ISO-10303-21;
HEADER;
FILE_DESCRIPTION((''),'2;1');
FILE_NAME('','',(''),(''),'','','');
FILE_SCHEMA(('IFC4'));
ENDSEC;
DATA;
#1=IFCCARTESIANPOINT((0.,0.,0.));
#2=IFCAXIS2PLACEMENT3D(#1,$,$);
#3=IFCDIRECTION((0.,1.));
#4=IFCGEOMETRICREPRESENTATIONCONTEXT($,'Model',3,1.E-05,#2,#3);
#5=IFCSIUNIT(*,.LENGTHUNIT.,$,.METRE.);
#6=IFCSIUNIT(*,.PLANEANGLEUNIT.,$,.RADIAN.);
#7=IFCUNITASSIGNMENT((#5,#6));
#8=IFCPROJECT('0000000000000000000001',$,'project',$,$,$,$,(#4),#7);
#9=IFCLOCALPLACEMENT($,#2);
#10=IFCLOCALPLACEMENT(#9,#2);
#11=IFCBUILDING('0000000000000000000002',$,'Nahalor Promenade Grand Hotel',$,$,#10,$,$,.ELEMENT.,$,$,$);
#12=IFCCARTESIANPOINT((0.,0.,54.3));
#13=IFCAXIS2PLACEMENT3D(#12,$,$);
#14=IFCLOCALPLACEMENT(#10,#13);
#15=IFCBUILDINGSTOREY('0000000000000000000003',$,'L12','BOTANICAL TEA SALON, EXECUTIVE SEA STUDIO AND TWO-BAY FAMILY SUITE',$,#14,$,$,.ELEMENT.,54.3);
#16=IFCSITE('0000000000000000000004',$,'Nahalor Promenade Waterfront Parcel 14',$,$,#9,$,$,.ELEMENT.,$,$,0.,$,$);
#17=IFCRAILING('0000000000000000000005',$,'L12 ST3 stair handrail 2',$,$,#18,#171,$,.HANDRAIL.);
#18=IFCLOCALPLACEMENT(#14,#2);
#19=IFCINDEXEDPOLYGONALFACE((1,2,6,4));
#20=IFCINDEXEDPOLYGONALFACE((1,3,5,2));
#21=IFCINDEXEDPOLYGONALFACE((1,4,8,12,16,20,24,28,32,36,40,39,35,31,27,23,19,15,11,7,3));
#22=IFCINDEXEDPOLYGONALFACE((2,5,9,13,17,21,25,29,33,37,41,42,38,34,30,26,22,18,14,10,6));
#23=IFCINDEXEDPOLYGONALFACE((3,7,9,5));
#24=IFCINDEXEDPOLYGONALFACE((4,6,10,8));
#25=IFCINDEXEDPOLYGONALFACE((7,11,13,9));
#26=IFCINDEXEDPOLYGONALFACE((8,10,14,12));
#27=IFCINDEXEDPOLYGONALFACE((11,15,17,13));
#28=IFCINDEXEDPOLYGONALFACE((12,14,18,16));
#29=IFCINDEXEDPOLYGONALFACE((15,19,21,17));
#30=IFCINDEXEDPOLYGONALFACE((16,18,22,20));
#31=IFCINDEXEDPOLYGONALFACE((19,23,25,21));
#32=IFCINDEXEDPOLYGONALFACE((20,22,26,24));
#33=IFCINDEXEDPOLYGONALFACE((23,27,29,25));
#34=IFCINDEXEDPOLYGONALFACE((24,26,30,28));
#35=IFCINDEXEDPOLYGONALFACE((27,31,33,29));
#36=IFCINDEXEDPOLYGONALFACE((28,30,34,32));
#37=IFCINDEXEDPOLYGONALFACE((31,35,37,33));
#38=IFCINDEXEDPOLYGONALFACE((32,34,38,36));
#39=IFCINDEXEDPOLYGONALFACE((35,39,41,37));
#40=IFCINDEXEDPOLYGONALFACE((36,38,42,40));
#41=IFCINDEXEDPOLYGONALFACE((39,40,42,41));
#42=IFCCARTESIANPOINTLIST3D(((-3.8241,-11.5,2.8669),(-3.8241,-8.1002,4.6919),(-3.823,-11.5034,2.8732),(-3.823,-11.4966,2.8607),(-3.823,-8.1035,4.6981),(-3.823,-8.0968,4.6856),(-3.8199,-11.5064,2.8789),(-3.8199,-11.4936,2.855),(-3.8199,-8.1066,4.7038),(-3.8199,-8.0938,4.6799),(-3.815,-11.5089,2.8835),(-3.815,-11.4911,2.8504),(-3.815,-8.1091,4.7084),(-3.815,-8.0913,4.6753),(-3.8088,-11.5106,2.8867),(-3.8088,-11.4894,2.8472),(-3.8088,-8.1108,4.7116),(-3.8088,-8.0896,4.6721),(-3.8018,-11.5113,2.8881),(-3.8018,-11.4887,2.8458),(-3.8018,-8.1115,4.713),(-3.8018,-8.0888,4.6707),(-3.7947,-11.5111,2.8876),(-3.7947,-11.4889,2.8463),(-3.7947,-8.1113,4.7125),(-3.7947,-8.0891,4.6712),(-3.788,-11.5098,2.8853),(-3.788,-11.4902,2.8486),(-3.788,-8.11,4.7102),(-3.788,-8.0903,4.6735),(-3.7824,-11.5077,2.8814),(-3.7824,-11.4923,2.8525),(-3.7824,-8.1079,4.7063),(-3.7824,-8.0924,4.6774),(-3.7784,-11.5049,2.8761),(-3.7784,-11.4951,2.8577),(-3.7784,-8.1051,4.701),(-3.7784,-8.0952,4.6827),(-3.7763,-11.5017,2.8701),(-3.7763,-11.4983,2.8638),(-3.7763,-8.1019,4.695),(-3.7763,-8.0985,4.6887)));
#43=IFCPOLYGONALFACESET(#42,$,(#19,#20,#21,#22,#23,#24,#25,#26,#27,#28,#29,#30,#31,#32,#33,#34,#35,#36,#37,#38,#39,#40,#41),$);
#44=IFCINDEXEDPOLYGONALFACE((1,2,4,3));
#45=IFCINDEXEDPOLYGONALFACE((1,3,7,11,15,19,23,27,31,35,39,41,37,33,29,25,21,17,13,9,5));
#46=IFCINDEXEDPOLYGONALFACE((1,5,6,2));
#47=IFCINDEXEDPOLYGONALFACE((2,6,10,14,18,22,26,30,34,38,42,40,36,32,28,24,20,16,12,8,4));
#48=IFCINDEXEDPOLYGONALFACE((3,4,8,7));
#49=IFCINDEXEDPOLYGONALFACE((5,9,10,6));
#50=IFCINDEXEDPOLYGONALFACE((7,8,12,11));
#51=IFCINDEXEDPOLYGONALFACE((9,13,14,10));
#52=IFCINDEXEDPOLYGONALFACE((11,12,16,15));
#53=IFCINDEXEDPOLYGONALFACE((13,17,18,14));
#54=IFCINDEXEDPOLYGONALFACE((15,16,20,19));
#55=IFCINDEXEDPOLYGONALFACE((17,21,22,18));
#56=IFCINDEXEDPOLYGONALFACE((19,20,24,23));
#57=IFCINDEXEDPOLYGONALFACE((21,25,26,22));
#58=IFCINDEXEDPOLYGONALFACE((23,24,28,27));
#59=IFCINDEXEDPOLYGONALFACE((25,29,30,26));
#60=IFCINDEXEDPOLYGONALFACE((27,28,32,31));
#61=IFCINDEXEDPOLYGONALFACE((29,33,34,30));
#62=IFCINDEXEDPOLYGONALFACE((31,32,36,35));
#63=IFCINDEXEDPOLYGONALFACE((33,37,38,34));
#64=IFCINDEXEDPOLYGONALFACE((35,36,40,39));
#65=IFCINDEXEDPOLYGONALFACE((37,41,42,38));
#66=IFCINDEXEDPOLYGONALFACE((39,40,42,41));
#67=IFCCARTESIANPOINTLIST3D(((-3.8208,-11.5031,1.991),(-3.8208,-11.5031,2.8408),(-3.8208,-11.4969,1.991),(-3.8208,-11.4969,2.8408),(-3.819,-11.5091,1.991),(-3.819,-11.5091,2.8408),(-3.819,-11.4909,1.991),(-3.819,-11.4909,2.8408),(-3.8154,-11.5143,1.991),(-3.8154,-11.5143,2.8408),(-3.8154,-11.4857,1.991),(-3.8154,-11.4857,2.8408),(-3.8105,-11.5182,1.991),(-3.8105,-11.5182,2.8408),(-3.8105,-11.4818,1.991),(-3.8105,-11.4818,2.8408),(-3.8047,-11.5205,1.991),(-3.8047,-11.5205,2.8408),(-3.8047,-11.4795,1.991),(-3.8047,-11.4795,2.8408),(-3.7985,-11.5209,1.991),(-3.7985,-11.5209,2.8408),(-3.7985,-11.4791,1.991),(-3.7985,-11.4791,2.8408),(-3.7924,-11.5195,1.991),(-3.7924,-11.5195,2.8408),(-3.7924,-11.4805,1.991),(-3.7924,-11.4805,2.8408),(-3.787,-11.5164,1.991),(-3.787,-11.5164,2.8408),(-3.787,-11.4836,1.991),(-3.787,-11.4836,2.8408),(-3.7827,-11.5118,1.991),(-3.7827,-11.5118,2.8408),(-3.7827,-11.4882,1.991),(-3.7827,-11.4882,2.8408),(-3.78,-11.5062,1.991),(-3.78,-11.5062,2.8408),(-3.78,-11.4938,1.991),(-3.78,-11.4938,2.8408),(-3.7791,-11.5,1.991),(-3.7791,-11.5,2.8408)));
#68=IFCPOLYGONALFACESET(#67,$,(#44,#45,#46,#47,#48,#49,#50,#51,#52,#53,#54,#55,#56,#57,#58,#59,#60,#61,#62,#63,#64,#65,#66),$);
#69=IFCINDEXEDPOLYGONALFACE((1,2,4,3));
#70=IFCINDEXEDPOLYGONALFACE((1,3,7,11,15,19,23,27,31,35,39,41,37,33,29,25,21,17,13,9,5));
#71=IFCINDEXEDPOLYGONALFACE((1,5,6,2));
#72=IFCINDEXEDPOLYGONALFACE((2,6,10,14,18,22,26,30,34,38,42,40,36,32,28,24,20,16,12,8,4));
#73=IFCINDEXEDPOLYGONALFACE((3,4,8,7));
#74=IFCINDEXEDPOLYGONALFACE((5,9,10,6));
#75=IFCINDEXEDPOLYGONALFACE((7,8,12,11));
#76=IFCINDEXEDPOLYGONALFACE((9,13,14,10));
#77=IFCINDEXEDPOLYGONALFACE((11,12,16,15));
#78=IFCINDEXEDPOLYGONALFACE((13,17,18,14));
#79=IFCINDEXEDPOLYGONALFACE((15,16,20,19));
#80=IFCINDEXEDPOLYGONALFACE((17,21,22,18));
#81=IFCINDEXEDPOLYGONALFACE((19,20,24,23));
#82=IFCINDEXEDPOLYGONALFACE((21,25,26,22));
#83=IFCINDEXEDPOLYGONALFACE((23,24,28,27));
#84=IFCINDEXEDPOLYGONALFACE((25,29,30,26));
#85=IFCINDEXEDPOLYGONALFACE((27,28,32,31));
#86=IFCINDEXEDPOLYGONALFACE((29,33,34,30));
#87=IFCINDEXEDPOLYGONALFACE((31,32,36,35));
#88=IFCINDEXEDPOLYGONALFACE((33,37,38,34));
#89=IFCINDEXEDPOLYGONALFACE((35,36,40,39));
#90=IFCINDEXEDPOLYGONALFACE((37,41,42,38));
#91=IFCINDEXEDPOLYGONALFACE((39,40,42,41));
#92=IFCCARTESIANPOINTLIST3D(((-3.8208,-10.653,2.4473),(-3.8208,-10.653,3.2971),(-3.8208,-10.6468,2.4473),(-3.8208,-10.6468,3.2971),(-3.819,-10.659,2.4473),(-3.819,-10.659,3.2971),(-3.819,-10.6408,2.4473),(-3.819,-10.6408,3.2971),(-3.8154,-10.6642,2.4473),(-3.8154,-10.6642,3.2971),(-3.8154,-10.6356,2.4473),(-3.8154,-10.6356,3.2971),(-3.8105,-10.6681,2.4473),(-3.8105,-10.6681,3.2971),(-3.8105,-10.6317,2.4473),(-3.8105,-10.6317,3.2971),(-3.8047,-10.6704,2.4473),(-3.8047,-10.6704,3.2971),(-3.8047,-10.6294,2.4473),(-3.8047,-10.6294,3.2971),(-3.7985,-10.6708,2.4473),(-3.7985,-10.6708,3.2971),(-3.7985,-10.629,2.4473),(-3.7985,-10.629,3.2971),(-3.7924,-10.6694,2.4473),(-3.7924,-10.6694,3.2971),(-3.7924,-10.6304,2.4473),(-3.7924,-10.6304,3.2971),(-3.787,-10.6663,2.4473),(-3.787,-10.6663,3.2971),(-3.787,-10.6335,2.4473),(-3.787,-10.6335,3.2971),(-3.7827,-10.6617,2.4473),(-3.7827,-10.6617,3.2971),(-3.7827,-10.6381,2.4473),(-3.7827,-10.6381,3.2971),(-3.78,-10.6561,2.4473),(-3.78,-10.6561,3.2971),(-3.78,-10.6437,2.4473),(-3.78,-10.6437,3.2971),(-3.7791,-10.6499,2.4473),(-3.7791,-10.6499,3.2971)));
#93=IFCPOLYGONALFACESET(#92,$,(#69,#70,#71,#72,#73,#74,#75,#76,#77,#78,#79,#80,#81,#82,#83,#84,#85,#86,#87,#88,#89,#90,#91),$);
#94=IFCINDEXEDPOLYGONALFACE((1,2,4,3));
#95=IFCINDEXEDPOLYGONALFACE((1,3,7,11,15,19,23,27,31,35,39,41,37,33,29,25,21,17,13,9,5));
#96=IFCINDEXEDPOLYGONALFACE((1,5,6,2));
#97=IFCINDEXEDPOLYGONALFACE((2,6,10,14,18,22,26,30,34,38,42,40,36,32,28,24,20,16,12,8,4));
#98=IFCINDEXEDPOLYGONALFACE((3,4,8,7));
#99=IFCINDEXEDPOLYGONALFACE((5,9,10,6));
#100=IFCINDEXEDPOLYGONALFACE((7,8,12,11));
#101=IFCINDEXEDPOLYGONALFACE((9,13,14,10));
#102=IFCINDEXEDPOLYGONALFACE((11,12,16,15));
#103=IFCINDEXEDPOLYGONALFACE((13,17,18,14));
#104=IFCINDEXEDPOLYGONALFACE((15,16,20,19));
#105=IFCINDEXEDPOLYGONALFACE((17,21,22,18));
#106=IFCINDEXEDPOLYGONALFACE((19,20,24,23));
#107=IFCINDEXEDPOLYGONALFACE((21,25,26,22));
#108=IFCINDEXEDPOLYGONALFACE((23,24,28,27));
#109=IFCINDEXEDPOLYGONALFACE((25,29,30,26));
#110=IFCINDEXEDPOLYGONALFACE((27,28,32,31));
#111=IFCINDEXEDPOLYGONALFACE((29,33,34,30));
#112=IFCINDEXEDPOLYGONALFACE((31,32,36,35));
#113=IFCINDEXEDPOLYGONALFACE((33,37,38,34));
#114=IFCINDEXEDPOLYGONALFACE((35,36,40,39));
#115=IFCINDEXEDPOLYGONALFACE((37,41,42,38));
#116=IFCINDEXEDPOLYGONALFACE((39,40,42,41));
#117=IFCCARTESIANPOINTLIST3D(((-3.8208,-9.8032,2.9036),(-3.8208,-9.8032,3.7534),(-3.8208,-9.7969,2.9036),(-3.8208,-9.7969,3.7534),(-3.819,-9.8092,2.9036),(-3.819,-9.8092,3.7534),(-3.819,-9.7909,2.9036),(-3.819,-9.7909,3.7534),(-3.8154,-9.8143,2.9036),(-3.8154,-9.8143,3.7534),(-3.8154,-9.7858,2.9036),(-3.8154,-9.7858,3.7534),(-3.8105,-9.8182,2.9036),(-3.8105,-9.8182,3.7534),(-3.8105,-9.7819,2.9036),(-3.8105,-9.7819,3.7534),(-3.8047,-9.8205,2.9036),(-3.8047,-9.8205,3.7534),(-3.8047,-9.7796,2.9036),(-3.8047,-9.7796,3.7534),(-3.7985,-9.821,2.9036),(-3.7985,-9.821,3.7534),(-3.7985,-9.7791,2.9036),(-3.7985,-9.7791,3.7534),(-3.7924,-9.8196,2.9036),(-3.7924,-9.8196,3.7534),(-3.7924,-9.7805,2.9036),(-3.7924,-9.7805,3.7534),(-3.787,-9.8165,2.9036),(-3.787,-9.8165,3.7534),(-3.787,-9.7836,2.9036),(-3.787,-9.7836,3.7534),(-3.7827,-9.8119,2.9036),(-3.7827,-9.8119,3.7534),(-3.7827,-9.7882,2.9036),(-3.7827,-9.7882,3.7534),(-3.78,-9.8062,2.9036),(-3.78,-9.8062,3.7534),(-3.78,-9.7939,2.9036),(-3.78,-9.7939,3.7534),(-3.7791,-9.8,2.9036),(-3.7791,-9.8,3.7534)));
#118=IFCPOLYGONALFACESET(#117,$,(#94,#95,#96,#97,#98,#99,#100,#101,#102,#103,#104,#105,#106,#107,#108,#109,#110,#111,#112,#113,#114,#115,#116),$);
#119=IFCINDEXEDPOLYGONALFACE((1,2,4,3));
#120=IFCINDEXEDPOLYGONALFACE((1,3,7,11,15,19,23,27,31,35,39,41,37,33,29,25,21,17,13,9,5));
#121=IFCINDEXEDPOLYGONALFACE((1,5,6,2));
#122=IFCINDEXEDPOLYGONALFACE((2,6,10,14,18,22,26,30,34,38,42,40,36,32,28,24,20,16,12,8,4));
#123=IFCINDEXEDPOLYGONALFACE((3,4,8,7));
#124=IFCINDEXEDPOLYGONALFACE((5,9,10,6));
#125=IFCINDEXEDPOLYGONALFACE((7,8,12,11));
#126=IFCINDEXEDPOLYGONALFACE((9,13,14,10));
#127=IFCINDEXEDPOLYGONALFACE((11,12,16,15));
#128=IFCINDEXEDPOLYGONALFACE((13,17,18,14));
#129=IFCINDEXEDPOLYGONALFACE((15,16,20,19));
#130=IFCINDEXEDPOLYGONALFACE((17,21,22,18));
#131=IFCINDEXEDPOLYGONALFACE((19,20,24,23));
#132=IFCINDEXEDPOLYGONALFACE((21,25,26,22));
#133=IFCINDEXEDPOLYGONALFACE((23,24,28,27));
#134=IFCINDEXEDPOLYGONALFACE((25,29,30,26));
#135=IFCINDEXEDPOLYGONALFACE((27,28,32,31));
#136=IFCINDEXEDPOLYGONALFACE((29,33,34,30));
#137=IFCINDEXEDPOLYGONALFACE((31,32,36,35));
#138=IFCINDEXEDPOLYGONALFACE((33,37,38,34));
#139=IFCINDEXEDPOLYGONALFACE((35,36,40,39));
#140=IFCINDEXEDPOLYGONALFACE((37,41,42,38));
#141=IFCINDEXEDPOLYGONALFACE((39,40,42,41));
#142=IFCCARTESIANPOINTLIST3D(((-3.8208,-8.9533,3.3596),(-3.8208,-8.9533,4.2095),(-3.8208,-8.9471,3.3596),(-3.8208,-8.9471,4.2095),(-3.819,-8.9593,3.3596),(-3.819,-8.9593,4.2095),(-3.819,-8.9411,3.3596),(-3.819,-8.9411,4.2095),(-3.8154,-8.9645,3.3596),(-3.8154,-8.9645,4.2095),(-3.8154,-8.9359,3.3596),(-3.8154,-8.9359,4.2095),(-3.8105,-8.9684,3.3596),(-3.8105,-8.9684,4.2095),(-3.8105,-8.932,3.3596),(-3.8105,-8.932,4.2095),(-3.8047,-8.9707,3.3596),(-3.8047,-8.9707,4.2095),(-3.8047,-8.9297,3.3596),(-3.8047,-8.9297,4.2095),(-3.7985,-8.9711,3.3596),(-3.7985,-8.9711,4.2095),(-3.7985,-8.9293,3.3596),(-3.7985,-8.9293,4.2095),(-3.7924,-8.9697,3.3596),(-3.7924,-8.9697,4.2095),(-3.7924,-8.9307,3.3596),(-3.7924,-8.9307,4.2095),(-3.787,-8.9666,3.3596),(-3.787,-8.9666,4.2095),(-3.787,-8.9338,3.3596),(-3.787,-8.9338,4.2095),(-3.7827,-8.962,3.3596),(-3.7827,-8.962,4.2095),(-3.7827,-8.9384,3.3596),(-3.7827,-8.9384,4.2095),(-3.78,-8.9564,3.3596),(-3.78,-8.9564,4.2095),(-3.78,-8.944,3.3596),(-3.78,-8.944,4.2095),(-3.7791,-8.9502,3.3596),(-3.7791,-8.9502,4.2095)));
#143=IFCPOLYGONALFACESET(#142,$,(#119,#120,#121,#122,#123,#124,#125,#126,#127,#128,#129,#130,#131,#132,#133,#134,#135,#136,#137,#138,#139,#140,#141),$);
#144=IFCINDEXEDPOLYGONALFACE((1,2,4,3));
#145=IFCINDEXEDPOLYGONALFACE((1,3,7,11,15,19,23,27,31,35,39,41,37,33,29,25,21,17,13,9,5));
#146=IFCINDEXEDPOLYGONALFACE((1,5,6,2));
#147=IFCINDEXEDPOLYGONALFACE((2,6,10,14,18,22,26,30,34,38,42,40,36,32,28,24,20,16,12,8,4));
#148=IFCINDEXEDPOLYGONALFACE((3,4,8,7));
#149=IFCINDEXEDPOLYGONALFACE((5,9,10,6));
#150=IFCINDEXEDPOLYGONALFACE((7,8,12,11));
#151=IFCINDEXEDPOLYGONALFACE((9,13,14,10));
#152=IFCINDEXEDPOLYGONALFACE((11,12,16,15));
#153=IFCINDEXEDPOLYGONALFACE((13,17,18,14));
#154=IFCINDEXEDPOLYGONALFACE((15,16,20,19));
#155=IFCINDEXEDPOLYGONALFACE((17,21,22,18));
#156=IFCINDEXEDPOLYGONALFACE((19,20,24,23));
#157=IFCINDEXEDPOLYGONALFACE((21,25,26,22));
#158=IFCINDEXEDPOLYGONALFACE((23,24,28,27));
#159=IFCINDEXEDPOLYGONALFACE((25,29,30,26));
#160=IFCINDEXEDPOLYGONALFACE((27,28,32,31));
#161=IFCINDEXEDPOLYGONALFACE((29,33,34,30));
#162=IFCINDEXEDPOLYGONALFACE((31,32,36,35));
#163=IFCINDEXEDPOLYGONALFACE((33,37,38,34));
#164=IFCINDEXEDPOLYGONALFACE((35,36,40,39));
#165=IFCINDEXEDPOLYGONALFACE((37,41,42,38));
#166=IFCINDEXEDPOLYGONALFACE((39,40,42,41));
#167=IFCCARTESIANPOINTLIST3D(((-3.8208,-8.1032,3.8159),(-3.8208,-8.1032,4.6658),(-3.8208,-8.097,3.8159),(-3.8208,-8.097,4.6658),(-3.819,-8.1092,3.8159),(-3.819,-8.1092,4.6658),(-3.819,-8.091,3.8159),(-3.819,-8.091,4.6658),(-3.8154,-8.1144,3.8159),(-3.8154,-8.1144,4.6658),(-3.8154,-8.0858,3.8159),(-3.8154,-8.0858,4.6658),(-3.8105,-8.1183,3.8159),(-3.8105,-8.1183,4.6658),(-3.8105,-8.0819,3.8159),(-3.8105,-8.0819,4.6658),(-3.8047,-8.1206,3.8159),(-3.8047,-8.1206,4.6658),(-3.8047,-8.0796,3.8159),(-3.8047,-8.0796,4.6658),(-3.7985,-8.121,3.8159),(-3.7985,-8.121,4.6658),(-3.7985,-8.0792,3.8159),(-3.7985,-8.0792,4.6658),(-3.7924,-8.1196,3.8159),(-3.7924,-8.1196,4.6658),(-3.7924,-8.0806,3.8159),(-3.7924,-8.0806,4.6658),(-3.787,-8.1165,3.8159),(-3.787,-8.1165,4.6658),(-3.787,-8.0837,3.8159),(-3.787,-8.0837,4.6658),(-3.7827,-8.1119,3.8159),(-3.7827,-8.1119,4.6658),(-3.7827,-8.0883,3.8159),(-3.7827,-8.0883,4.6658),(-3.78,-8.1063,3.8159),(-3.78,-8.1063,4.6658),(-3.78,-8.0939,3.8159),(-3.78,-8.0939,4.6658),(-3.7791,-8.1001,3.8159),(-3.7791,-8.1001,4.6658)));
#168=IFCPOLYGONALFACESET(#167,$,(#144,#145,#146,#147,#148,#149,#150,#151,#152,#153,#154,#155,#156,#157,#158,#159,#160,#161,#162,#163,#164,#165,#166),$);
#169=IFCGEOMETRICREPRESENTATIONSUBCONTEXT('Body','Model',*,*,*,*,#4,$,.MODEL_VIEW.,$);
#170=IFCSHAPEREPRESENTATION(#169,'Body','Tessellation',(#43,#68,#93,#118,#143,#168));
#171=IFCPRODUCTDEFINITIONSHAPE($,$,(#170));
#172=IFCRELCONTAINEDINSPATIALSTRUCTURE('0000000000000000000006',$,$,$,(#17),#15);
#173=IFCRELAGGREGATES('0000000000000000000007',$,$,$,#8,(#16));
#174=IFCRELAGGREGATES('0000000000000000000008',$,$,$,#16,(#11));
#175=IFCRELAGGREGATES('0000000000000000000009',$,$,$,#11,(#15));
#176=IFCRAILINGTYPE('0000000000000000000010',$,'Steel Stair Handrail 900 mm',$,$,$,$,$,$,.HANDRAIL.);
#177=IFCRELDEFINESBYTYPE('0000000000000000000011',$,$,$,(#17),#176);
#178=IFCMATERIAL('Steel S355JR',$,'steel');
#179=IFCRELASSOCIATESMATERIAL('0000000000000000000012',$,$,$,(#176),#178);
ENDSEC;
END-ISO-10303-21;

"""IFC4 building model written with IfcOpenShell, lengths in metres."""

from ifc_helpers import new_model, si_unit, direction, frame, origin, origin_2d, place, context, subcontext, project, spatial, circle, extrude, material, type_object, element, save


model = new_model("IFC4")

# Units and contexts
model_context = context("Model", 3, precision=1e-05, world=origin(), true_north=direction((0.0, 1.0)))
body_context = subcontext(model_context, "Body", "Model", "MODEL_VIEW")
ifc_project = project(units=[si_unit("LENGTHUNIT", "METRE"), si_unit("PLANEANGLEUNIT", "RADIAN")], contexts=[model_context])

# Site, building, storey
site_placement = place(None, origin())
site = spatial("IfcSite", under=ifc_project, at=site_placement, Name="Nahalor Promenade Waterfront Parcel 14", CompositionType="ELEMENT", RefElevation=0.0)
building_placement = place(site_placement, origin())
building = spatial("IfcBuilding", under=site, at=building_placement, Name="Nahalor Promenade Grand Hotel", CompositionType="ELEMENT")
storey_placement = place(building_placement, frame((0.0, 0.0, 54.3)))
storey = spatial("IfcBuildingStorey", under=building, at=storey_placement, Name="L12", Description="BOTANICAL TEA SALON, EXECUTIVE SEA STUDIO AND TWO-BAY FAMILY SUITE", CompositionType="ELEMENT", Elevation=54.3)

# Shared definitions
ifc_material_1 = material(Name="Steel S355JR", Category="steel")

# Railing
railing_type_1 = type_object("IfcRailingType", Name="Steel Stair Handrail 900 mm", PredefinedType="HANDRAIL", material=ifc_material_1)
railing_1_placement = place(storey_placement, frame((-3.8, -11.5, 1.991)))
element("IfcRailing", 1, at=railing_1_placement, inside=storey, type_object=railing_type_1, Name="L12 ST3 stair handrail 2", PredefinedType="HANDRAIL", context=body_context, shape_type="SweptSolid", body=[
    extrude(circle(Radius=0.024, at=origin_2d()), frame((0.0, 0.0, 0.876), z_axis=(0.0, 0.881094, 0.472941), x_axis=(-1.0, 0.0, 0.0)), (0.0, 0.0, 1.0), 3.8586),
    extrude(circle(Radius=0.021, at=origin_2d()), origin(), (0.0, 0.0, 1.0), 0.8499),
    extrude(circle(Radius=0.021, at=origin_2d()), frame((0.0, 0.8501, 0.4563)), (0.0, 0.0, 1.0), 0.8499),
    extrude(circle(Radius=0.021, at=origin_2d()), frame((0.0, 1.7, 0.9126)), (0.0, 0.0, 1.0), 0.8499),
    extrude(circle(Radius=0.021, at=origin_2d()), frame((0.0, 2.5498, 1.3687)), (0.0, 0.0, 1.0), 0.8499),
    extrude(circle(Radius=0.021, at=origin_2d()), frame((0.0, 3.3999, 1.825)), (0.0, 0.0, 1.0), 0.8499),
])

save(model, "model.ifc")
